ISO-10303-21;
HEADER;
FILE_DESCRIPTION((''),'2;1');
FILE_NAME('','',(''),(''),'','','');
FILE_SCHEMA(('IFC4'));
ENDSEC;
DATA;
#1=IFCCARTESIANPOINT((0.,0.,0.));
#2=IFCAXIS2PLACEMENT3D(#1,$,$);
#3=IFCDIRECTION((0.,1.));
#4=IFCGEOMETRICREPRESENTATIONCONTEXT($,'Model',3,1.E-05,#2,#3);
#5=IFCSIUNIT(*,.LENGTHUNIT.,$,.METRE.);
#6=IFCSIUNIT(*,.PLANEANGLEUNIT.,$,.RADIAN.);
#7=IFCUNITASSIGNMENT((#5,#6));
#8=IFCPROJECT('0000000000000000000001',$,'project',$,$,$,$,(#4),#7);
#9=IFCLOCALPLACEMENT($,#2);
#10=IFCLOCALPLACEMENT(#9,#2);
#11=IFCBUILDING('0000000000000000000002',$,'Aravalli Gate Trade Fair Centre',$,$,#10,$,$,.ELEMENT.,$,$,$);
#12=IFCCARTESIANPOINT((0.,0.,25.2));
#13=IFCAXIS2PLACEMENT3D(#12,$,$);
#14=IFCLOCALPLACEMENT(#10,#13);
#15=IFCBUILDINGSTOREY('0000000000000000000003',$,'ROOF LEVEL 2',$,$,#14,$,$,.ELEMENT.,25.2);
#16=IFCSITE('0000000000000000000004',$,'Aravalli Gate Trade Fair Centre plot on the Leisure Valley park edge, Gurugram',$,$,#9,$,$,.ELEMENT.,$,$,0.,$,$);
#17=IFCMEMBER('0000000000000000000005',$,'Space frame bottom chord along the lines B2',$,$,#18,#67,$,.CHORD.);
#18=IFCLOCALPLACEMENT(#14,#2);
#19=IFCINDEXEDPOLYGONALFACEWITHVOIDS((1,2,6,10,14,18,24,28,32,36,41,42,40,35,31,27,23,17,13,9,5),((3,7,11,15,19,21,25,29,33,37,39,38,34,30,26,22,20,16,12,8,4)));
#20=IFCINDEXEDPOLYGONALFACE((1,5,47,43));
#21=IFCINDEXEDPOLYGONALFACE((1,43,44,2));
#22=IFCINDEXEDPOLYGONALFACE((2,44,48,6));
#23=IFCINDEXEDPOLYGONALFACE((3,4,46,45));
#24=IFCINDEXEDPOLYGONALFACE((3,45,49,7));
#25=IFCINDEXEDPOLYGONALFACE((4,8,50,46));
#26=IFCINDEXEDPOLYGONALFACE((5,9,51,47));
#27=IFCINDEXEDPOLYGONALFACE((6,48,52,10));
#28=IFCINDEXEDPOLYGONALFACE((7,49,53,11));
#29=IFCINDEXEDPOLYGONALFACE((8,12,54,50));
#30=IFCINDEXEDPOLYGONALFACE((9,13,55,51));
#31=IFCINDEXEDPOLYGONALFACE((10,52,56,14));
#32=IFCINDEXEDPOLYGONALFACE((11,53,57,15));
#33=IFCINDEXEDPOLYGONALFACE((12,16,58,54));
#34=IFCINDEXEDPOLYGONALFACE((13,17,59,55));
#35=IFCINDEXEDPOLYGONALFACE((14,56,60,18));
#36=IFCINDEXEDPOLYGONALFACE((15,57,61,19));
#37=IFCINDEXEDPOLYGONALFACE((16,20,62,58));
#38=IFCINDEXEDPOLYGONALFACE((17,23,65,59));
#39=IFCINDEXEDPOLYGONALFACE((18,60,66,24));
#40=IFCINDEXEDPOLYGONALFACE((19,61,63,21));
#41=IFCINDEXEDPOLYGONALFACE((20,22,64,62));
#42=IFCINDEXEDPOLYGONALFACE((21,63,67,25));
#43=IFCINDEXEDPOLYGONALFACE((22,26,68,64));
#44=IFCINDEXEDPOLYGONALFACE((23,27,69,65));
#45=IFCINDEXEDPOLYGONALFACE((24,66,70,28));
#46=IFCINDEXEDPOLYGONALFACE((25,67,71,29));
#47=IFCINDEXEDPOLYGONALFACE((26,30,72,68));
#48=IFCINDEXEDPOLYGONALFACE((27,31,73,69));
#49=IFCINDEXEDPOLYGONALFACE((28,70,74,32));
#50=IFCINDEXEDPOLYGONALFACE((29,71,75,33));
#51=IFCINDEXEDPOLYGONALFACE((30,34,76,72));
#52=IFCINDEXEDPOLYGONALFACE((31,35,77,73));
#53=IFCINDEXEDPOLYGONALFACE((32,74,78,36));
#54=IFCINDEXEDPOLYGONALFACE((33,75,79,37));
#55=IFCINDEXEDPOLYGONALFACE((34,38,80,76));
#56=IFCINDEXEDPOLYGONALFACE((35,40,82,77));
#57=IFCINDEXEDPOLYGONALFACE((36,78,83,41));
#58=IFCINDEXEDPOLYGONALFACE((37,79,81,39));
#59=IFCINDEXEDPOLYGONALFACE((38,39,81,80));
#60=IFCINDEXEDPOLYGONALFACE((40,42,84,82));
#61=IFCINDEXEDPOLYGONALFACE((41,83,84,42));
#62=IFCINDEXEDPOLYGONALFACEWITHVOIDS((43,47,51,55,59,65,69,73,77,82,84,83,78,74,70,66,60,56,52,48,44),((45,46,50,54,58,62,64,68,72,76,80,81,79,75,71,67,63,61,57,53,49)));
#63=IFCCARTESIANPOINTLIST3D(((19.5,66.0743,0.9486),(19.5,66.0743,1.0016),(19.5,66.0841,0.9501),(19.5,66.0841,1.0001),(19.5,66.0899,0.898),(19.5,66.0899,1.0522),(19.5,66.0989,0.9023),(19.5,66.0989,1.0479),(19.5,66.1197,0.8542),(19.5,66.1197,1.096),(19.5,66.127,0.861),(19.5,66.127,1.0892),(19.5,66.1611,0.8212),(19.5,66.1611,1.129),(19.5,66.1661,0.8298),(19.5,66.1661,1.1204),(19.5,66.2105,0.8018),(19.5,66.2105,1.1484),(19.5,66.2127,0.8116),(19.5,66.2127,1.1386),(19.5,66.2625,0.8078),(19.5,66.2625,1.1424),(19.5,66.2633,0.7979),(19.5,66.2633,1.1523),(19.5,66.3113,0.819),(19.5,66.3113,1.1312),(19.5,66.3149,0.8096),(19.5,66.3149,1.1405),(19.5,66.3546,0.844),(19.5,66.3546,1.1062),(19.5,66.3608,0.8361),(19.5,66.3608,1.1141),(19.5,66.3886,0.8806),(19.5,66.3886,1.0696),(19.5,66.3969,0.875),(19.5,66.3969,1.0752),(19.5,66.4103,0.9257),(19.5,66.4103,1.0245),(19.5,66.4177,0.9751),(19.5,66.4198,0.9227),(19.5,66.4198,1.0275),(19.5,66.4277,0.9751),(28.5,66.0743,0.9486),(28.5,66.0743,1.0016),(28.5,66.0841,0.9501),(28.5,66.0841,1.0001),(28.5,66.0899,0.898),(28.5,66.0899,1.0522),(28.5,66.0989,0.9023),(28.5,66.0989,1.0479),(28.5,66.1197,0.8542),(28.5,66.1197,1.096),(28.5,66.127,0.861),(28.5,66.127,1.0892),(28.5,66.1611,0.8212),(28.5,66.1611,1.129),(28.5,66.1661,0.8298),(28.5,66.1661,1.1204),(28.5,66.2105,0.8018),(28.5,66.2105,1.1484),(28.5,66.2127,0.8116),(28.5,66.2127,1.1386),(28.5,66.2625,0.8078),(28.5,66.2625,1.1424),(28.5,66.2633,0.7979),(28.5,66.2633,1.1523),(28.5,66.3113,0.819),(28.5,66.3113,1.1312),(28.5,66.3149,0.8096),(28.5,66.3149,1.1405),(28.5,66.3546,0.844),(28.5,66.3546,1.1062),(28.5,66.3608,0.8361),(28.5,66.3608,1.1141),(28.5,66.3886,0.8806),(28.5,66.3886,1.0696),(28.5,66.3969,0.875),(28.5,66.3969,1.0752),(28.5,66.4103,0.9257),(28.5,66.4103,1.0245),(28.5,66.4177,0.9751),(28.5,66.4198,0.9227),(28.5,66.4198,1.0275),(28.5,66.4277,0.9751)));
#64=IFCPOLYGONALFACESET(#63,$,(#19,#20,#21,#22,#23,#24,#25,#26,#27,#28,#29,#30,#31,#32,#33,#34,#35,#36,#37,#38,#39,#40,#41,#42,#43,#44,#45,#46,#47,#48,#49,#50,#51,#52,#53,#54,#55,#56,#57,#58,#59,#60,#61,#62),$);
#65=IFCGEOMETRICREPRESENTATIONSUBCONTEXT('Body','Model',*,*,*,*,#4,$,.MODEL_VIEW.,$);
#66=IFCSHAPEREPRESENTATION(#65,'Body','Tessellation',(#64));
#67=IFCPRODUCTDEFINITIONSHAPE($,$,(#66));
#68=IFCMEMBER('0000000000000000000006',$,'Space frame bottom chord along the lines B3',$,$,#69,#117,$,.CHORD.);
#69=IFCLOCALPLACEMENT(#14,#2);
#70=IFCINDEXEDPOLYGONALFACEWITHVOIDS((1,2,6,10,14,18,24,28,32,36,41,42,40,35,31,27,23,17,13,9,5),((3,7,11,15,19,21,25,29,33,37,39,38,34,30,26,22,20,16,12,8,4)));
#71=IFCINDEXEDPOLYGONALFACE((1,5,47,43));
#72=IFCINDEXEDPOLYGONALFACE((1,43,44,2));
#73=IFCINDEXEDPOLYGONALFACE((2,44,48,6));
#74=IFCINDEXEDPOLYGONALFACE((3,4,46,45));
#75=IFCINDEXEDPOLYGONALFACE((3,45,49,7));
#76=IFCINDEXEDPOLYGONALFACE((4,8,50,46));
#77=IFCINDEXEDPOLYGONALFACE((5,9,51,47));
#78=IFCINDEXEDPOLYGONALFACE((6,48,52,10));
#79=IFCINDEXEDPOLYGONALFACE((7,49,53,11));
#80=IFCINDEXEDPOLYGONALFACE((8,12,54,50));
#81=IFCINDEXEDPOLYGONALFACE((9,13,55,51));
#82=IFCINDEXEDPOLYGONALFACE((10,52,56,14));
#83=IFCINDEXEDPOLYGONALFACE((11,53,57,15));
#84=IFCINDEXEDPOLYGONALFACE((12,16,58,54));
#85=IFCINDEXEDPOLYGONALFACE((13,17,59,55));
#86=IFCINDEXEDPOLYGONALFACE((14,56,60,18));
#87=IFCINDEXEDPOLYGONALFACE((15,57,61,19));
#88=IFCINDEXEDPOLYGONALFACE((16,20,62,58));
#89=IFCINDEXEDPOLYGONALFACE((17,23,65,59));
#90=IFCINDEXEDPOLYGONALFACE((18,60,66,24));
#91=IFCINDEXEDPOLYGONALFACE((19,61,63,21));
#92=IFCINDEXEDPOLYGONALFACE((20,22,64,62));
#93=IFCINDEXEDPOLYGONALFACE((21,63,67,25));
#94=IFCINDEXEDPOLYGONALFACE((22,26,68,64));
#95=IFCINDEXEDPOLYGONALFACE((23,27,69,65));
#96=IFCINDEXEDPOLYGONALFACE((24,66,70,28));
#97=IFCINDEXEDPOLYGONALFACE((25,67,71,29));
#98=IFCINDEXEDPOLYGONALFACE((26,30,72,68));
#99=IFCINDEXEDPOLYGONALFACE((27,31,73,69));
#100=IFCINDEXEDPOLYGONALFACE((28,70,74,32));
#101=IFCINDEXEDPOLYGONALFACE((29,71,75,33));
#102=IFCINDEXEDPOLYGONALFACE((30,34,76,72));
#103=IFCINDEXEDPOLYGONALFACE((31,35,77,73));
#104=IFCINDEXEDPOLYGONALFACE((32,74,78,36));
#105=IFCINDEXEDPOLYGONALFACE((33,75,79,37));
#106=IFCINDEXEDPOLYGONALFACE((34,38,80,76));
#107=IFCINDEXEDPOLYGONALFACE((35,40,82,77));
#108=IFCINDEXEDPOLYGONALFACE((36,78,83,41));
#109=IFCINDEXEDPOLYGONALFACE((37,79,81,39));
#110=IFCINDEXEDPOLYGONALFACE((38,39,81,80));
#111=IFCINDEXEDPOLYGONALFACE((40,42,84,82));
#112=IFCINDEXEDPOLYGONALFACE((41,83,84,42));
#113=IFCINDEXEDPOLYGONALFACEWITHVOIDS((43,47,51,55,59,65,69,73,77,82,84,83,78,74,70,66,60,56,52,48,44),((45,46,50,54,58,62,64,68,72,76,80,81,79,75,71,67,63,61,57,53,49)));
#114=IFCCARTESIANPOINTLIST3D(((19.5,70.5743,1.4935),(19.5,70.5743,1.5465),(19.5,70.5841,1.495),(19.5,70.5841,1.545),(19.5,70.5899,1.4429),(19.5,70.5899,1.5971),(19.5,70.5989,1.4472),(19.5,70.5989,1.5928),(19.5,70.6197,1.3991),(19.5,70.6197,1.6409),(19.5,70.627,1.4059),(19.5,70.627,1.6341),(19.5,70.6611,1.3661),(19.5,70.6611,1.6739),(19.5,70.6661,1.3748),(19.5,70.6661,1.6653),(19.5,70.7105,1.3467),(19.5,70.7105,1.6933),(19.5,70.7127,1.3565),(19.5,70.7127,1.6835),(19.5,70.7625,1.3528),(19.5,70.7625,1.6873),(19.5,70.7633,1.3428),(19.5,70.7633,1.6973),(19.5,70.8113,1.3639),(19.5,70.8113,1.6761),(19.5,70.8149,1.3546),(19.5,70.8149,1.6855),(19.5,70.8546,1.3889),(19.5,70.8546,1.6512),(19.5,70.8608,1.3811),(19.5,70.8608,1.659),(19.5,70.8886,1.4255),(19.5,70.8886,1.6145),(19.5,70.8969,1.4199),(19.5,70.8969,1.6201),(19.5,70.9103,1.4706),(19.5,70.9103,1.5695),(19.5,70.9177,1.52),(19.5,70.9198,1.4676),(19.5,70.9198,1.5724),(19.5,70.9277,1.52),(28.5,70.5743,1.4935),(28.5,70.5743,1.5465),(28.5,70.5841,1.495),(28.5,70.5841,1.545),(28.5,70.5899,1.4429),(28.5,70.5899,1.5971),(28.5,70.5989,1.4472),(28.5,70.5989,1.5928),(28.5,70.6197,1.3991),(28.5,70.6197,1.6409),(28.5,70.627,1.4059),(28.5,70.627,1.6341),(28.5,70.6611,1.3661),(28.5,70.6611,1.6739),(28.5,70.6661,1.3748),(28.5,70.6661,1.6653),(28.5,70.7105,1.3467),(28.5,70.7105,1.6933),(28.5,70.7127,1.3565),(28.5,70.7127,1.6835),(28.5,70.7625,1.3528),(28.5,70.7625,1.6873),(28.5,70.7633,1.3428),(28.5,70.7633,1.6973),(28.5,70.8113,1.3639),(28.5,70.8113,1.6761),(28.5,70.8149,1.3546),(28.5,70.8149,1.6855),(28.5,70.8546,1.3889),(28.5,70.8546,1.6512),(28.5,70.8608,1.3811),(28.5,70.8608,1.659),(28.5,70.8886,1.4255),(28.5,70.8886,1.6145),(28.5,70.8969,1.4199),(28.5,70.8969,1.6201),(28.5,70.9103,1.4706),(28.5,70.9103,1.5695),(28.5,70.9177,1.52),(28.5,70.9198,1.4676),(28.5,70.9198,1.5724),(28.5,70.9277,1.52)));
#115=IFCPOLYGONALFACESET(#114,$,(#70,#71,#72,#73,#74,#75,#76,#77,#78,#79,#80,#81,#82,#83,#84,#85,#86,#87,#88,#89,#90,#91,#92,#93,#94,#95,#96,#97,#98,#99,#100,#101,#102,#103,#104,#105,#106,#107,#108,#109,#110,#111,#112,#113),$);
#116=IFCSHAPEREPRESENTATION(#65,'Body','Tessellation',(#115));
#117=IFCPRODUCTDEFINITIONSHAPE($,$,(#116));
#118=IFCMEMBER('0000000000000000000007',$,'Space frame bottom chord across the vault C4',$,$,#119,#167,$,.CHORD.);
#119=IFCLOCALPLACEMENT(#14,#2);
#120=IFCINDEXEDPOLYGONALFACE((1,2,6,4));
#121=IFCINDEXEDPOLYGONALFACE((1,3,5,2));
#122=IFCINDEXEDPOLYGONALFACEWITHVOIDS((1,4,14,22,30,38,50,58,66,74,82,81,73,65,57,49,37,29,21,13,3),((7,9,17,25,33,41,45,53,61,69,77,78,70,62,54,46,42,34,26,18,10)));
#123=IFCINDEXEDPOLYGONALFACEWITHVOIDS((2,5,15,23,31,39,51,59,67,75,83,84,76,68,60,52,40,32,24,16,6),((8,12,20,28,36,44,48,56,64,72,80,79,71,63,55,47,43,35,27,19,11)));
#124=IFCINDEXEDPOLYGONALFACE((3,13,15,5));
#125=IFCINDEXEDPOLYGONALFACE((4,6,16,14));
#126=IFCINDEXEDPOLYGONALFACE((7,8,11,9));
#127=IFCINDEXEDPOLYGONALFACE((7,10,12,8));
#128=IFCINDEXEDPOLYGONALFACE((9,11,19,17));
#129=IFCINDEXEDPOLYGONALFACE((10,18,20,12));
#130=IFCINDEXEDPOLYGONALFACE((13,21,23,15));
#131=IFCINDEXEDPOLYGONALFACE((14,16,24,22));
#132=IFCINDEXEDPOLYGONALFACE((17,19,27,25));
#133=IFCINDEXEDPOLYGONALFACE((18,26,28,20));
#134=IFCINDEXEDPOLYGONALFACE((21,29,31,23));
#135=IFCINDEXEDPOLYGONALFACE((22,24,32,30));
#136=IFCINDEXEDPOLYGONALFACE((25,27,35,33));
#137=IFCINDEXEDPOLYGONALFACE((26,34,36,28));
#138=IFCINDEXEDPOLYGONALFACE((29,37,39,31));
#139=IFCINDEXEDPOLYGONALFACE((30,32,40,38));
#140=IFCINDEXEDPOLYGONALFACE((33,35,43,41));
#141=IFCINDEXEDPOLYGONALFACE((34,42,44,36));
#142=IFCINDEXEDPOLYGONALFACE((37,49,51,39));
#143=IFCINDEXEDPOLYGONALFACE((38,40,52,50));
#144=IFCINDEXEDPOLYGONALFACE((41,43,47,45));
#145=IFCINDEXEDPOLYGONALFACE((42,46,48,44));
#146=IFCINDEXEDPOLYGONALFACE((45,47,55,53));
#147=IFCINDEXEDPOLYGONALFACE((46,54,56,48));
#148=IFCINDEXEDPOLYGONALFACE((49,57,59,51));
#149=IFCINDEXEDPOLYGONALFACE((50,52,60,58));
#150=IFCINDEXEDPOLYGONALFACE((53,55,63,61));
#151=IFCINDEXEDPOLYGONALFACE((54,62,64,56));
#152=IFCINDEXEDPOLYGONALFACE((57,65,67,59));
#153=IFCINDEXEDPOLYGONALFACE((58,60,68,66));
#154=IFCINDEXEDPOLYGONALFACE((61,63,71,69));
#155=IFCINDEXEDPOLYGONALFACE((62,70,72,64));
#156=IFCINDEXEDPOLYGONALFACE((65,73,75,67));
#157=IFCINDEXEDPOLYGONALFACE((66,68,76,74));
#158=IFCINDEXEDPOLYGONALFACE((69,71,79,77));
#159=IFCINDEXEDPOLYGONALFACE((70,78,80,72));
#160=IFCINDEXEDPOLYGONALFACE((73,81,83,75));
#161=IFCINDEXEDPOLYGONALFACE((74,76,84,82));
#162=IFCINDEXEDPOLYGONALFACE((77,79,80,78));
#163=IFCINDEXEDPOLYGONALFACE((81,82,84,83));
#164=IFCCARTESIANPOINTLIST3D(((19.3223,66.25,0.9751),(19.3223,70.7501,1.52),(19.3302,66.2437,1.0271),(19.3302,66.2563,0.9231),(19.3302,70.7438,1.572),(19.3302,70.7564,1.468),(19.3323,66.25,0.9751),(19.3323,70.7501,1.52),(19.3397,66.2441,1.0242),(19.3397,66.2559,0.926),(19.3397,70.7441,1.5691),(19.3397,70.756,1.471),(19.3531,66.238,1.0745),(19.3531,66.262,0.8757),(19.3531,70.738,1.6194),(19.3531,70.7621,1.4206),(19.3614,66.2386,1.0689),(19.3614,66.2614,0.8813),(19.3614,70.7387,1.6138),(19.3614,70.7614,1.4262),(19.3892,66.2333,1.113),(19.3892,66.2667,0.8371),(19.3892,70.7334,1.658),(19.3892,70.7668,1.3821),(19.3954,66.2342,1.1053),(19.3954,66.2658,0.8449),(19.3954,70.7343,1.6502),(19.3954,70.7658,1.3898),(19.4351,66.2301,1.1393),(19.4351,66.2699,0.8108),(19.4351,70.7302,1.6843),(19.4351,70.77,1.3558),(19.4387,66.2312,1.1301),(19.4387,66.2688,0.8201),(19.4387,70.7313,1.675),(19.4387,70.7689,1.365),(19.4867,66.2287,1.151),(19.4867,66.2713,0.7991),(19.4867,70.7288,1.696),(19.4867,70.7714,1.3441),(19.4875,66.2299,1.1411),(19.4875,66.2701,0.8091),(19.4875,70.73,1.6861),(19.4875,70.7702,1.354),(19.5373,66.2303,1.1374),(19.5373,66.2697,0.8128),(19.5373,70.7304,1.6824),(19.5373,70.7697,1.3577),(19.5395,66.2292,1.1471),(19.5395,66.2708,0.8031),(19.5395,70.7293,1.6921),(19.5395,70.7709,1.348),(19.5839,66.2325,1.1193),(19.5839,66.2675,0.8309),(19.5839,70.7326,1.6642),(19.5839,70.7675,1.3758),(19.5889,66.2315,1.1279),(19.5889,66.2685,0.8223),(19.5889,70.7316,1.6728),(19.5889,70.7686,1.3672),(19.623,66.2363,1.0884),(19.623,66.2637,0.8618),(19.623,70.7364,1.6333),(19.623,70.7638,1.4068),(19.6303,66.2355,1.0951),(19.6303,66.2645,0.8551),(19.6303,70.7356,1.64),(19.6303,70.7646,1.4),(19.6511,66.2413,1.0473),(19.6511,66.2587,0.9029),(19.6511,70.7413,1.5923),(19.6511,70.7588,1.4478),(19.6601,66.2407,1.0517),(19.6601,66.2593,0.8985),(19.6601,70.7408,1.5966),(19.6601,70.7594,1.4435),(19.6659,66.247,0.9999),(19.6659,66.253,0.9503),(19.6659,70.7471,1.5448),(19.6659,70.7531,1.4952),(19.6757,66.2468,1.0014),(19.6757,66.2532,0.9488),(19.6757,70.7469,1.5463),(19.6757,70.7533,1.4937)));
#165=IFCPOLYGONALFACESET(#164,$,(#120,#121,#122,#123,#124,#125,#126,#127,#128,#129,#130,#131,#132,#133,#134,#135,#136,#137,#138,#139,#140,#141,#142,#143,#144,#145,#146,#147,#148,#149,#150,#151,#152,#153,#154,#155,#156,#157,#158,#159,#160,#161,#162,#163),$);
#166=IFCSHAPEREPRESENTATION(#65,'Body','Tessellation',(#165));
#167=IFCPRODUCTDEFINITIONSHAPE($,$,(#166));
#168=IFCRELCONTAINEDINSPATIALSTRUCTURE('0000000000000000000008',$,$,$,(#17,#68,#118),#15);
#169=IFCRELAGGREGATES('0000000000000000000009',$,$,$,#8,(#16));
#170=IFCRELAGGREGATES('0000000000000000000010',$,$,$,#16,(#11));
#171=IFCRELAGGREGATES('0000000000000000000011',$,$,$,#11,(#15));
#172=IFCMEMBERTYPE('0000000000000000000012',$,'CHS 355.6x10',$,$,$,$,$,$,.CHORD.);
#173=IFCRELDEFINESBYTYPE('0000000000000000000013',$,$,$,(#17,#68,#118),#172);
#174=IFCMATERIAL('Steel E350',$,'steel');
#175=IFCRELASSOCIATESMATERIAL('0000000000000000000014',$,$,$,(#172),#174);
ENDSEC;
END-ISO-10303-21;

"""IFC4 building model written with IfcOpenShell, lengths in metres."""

from ifc_helpers import new_model, si_unit, direction, frame, origin, origin_2d, place, context, subcontext, project, spatial, hollow_circle, extrude, material, material_profile, profile_set, type_object, element, save


model = new_model("IFC4")

# Units and contexts
model_context = context("Model", 3, precision=1e-05, world=origin(), true_north=direction((0.0, 1.0)))
body_context = subcontext(model_context, "Body", "Model", "MODEL_VIEW")
ifc_project = project(units=[si_unit("LENGTHUNIT", "METRE"), si_unit("PLANEANGLEUNIT", "RADIAN")], contexts=[model_context])

# Site, building, storey
site_placement = place(None, origin())
site = spatial("IfcSite", under=ifc_project, at=site_placement, Name="Aravalli Gate Trade Fair Centre plot on the Leisure Valley park edge, Gurugram", CompositionType="ELEMENT", RefElevation=0.0)
building_placement = place(site_placement, origin())
building = spatial("IfcBuilding", under=site, at=building_placement, Name="Aravalli Gate Trade Fair Centre", CompositionType="ELEMENT")
storey_placement = place(building_placement, frame((0.0, 0.0, 25.2)))
storey = spatial("IfcBuildingStorey", under=building, at=storey_placement, Name="ROOF LEVEL 2", CompositionType="ELEMENT", Elevation=25.2)

# Members
ifc_material_1 = material(Name="Steel E350", Category="steel")
ifc_material_profile_1 = material_profile(ifc_material_1, hollow_circle(Radius=0.1777, WallThickness=0.01, at=origin_2d()), Name="CHS 355.6x10")
ifc_profile_set_1 = profile_set([ifc_material_profile_1], Name="Steel E350")
member_type_1 = type_object("IfcMemberType", Name="CHS 355.6x10", PredefinedType="CHORD", material=ifc_profile_set_1)
for number, where, z_axis, x_axis, name in (
    (1, (19.5, 66.25, 0.9751), (1.0, 0.0, 0.0), (0.0, 1.0, 0.0), "Space frame bottom chord along the lines B2"),
    (2, (19.5, 70.75, 1.52), (1.0, 0.0, 0.0), (0.0, 1.0, 0.0), "Space frame bottom chord along the lines B3"),
):
    element("IfcMember", number, at=place(storey_placement, frame(where, z_axis=z_axis, x_axis=x_axis)), inside=storey, type_object=member_type_1, Name=name, PredefinedType="CHORD", context=body_context, shape_type="SweptSolid", body=[
        extrude(hollow_circle(Radius=0.1777, WallThickness=0.01, at=origin_2d()), origin(), (0.0, 0.0, 1.0), 9.0),
    ])
member_1_placement = place(storey_placement, frame((19.5, 66.25, 0.9751), z_axis=(0.0, 0.992748, 0.120216), x_axis=(-1.0, 0.0, 0.0)))
element("IfcMember", 3, at=member_1_placement, inside=storey, type_object=member_type_1, Name="Space frame bottom chord across the vault C4", PredefinedType="CHORD", context=body_context, shape_type="SweptSolid", body=[
    extrude(hollow_circle(Radius=0.1777, WallThickness=0.01, at=origin_2d()), origin(), (0.0, 0.0, 1.0), 4.533),
])

save(model, "model.ifc")
